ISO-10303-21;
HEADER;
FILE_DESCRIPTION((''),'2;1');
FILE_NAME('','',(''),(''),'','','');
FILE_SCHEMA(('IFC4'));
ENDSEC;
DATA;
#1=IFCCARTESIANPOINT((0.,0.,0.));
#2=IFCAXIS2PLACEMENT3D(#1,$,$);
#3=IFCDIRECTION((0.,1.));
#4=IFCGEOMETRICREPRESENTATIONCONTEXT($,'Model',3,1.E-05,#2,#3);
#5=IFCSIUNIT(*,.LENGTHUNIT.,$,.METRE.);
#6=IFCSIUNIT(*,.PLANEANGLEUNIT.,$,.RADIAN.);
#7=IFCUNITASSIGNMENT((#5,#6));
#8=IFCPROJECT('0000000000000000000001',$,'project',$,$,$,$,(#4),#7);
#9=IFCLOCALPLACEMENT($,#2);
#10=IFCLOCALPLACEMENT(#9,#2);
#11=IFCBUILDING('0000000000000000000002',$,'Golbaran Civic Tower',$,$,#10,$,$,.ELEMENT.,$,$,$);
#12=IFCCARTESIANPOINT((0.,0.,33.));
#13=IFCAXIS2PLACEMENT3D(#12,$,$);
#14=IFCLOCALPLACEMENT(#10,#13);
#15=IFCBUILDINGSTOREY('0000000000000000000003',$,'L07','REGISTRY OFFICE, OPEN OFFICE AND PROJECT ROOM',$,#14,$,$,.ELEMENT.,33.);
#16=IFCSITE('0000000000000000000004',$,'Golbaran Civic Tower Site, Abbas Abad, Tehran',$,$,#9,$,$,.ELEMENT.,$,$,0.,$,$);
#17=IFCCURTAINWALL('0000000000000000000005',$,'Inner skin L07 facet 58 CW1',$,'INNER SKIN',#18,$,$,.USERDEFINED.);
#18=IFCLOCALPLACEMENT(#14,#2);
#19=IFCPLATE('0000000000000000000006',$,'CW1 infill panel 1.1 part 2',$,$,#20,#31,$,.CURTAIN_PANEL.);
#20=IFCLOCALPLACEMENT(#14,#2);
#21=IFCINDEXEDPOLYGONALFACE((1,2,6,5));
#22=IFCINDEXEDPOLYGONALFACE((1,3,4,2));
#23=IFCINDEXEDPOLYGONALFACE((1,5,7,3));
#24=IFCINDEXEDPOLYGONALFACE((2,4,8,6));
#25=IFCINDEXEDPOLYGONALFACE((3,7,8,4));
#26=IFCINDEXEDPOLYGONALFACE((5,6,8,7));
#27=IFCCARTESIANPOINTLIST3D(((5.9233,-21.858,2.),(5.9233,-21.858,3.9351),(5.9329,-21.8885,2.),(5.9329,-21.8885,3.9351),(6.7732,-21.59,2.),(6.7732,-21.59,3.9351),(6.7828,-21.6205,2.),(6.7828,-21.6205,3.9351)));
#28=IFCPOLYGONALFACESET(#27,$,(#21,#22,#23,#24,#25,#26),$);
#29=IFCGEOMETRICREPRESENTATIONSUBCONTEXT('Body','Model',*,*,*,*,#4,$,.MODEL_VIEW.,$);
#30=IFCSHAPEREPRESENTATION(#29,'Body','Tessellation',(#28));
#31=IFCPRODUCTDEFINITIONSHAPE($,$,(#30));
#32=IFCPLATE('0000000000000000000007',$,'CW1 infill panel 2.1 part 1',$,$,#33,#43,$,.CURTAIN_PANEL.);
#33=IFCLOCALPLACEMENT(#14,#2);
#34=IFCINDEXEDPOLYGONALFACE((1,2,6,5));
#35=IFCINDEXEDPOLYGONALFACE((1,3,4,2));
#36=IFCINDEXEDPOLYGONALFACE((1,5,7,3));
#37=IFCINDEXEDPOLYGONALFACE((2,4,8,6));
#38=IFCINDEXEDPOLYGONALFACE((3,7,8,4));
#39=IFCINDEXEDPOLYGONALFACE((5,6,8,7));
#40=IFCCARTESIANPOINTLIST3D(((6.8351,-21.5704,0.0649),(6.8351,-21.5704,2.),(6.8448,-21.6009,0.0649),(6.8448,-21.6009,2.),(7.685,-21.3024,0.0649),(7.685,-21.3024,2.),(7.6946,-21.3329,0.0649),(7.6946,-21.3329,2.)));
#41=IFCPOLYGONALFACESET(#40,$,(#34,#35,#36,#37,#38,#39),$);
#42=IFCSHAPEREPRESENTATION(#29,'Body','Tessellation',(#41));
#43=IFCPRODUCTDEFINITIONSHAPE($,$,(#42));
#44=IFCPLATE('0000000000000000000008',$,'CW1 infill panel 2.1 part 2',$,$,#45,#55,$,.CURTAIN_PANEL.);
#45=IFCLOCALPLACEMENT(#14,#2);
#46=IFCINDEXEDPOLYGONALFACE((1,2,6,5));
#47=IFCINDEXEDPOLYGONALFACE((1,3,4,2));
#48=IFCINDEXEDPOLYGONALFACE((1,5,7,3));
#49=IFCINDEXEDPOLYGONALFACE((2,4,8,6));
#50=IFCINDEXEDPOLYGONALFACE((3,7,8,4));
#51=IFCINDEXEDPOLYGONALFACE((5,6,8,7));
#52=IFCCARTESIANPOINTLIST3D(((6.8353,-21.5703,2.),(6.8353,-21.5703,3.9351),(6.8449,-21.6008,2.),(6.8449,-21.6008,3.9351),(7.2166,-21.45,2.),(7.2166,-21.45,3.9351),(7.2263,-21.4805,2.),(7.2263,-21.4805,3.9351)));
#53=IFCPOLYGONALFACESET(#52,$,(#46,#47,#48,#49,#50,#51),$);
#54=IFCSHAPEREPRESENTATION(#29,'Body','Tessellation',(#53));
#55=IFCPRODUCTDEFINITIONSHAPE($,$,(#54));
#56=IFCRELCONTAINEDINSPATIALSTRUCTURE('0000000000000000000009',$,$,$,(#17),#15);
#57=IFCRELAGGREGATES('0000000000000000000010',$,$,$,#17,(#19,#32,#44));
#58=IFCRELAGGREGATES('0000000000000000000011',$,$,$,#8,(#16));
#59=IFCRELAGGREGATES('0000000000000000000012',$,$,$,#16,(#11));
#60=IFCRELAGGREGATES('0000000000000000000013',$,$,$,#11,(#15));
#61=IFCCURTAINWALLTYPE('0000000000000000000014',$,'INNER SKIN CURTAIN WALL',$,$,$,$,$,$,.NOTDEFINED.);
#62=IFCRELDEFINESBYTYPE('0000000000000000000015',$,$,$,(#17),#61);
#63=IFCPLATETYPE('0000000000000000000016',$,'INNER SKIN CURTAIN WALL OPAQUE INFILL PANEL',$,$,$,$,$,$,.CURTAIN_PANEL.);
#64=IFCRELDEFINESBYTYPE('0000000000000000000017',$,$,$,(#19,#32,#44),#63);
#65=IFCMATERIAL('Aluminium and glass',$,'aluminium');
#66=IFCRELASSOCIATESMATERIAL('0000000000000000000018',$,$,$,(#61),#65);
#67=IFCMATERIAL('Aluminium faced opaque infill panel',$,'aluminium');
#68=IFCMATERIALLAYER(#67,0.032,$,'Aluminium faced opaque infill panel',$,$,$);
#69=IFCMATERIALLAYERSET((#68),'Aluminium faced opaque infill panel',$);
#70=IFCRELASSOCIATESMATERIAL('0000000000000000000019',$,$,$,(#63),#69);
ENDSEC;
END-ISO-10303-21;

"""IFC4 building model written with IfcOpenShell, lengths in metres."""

from ifc_helpers import new_model, si_unit, direction, frame, origin, origin_2d, place, context, subcontext, project, spatial, rectangle, extrude, material, layer, layer_set, type_object, element, aggregate, save


model = new_model("IFC4")

# Units and contexts
model_context = context("Model", 3, precision=1e-05, world=origin(), true_north=direction((0.0, 1.0)))
body_context = subcontext(model_context, "Body", "Model", "MODEL_VIEW")
ifc_project = project(units=[si_unit("LENGTHUNIT", "METRE"), si_unit("PLANEANGLEUNIT", "RADIAN")], contexts=[model_context])

# Site, building, storey
site_placement = place(None, origin())
site = spatial("IfcSite", under=ifc_project, at=site_placement, Name="Golbaran Civic Tower Site, Abbas Abad, Tehran", CompositionType="ELEMENT", RefElevation=0.0)
building_placement = place(site_placement, origin())
building = spatial("IfcBuilding", under=site, at=building_placement, Name="Golbaran Civic Tower", CompositionType="ELEMENT")
storey_placement = place(building_placement, frame((0.0, 0.0, 33.0)))
storey = spatial("IfcBuildingStorey", under=building, at=storey_placement, Name="L07", Description="REGISTRY OFFICE, OPEN OFFICE AND PROJECT ROOM", CompositionType="ELEMENT", Elevation=33.0)

# Shared definitions
ifc_material_1 = material(Name="Aluminium and glass", Category="aluminium")
curtain_wall_type = type_object("IfcCurtainWallType", Name="INNER SKIN CURTAIN WALL", PredefinedType="NOTDEFINED", material=ifc_material_1)

# Curtain wall
curtain_wall_1_placement = place(storey_placement, origin())
curtain_wall_1 = element("IfcCurtainWall", 1, at=curtain_wall_1_placement, inside=storey, type_object=curtain_wall_type, Name="Inner skin L07 facet 58 CW1", ObjectType="INNER SKIN", PredefinedType="USERDEFINED")

# Plates
ifc_material_2 = material(Name="Aluminium faced opaque infill panel", Category="aluminium")
ifc_layer_1 = layer(ifc_material_2, 0.032, Name="Aluminium faced opaque infill panel")
ifc_layer_set_1 = layer_set([ifc_layer_1], Name="Aluminium faced opaque infill panel")
plate_type_1 = type_object("IfcPlateType", Name="INNER SKIN CURTAIN WALL OPAQUE INFILL PANEL", PredefinedType="CURTAIN_PANEL", material=ifc_layer_set_1)
plate_1_placement = place(storey_placement, frame((6.353, -21.7393, 2.0), z_axis=(0.0, 0.0, 1.0), x_axis=(0.953717, 0.300706, 0.0)))
plate_1 = element("IfcPlate", 2, at=plate_1_placement, type_object=plate_type_1, Name="CW1 infill panel 1.1 part 2", PredefinedType="CURTAIN_PANEL", context=body_context, shape_type="SweptSolid", body=[
    extrude(rectangle(XDim=0.8911, YDim=0.032, at=origin_2d()), origin(), (0.0, 0.0, 1.0), 1.9351),
])
plate_2_placement = place(storey_placement, frame((7.2649, -21.4517, 0.0649), z_axis=(0.0, 0.0, 1.0), x_axis=(0.953717, 0.300706, 0.0)))
plate_2 = element("IfcPlate", 3, at=plate_2_placement, type_object=plate_type_1, Name="CW1 infill panel 2.1 part 1", PredefinedType="CURTAIN_PANEL", context=body_context, shape_type="SweptSolid", body=[
    extrude(rectangle(XDim=0.8911, YDim=0.032, at=origin_2d()), origin(), (0.0, 0.0, 1.0), 1.9351),
])
plate_3_placement = place(storey_placement, frame((7.0308, -21.5254, 2.0), z_axis=(0.0, 0.0, 1.0), x_axis=(0.953717, 0.300706, 0.0)))
plate_3 = element("IfcPlate", 4, at=plate_3_placement, type_object=plate_type_1, Name="CW1 infill panel 2.1 part 2", PredefinedType="CURTAIN_PANEL", context=body_context, shape_type="SweptSolid", body=[
    extrude(rectangle(XDim=0.3999, YDim=0.032, at=origin_2d()), origin(), (0.0, 0.0, 1.0), 1.9351),
])
aggregate(curtain_wall_1, [plate_1, plate_2, plate_3])

save(model, "model.ifc")
